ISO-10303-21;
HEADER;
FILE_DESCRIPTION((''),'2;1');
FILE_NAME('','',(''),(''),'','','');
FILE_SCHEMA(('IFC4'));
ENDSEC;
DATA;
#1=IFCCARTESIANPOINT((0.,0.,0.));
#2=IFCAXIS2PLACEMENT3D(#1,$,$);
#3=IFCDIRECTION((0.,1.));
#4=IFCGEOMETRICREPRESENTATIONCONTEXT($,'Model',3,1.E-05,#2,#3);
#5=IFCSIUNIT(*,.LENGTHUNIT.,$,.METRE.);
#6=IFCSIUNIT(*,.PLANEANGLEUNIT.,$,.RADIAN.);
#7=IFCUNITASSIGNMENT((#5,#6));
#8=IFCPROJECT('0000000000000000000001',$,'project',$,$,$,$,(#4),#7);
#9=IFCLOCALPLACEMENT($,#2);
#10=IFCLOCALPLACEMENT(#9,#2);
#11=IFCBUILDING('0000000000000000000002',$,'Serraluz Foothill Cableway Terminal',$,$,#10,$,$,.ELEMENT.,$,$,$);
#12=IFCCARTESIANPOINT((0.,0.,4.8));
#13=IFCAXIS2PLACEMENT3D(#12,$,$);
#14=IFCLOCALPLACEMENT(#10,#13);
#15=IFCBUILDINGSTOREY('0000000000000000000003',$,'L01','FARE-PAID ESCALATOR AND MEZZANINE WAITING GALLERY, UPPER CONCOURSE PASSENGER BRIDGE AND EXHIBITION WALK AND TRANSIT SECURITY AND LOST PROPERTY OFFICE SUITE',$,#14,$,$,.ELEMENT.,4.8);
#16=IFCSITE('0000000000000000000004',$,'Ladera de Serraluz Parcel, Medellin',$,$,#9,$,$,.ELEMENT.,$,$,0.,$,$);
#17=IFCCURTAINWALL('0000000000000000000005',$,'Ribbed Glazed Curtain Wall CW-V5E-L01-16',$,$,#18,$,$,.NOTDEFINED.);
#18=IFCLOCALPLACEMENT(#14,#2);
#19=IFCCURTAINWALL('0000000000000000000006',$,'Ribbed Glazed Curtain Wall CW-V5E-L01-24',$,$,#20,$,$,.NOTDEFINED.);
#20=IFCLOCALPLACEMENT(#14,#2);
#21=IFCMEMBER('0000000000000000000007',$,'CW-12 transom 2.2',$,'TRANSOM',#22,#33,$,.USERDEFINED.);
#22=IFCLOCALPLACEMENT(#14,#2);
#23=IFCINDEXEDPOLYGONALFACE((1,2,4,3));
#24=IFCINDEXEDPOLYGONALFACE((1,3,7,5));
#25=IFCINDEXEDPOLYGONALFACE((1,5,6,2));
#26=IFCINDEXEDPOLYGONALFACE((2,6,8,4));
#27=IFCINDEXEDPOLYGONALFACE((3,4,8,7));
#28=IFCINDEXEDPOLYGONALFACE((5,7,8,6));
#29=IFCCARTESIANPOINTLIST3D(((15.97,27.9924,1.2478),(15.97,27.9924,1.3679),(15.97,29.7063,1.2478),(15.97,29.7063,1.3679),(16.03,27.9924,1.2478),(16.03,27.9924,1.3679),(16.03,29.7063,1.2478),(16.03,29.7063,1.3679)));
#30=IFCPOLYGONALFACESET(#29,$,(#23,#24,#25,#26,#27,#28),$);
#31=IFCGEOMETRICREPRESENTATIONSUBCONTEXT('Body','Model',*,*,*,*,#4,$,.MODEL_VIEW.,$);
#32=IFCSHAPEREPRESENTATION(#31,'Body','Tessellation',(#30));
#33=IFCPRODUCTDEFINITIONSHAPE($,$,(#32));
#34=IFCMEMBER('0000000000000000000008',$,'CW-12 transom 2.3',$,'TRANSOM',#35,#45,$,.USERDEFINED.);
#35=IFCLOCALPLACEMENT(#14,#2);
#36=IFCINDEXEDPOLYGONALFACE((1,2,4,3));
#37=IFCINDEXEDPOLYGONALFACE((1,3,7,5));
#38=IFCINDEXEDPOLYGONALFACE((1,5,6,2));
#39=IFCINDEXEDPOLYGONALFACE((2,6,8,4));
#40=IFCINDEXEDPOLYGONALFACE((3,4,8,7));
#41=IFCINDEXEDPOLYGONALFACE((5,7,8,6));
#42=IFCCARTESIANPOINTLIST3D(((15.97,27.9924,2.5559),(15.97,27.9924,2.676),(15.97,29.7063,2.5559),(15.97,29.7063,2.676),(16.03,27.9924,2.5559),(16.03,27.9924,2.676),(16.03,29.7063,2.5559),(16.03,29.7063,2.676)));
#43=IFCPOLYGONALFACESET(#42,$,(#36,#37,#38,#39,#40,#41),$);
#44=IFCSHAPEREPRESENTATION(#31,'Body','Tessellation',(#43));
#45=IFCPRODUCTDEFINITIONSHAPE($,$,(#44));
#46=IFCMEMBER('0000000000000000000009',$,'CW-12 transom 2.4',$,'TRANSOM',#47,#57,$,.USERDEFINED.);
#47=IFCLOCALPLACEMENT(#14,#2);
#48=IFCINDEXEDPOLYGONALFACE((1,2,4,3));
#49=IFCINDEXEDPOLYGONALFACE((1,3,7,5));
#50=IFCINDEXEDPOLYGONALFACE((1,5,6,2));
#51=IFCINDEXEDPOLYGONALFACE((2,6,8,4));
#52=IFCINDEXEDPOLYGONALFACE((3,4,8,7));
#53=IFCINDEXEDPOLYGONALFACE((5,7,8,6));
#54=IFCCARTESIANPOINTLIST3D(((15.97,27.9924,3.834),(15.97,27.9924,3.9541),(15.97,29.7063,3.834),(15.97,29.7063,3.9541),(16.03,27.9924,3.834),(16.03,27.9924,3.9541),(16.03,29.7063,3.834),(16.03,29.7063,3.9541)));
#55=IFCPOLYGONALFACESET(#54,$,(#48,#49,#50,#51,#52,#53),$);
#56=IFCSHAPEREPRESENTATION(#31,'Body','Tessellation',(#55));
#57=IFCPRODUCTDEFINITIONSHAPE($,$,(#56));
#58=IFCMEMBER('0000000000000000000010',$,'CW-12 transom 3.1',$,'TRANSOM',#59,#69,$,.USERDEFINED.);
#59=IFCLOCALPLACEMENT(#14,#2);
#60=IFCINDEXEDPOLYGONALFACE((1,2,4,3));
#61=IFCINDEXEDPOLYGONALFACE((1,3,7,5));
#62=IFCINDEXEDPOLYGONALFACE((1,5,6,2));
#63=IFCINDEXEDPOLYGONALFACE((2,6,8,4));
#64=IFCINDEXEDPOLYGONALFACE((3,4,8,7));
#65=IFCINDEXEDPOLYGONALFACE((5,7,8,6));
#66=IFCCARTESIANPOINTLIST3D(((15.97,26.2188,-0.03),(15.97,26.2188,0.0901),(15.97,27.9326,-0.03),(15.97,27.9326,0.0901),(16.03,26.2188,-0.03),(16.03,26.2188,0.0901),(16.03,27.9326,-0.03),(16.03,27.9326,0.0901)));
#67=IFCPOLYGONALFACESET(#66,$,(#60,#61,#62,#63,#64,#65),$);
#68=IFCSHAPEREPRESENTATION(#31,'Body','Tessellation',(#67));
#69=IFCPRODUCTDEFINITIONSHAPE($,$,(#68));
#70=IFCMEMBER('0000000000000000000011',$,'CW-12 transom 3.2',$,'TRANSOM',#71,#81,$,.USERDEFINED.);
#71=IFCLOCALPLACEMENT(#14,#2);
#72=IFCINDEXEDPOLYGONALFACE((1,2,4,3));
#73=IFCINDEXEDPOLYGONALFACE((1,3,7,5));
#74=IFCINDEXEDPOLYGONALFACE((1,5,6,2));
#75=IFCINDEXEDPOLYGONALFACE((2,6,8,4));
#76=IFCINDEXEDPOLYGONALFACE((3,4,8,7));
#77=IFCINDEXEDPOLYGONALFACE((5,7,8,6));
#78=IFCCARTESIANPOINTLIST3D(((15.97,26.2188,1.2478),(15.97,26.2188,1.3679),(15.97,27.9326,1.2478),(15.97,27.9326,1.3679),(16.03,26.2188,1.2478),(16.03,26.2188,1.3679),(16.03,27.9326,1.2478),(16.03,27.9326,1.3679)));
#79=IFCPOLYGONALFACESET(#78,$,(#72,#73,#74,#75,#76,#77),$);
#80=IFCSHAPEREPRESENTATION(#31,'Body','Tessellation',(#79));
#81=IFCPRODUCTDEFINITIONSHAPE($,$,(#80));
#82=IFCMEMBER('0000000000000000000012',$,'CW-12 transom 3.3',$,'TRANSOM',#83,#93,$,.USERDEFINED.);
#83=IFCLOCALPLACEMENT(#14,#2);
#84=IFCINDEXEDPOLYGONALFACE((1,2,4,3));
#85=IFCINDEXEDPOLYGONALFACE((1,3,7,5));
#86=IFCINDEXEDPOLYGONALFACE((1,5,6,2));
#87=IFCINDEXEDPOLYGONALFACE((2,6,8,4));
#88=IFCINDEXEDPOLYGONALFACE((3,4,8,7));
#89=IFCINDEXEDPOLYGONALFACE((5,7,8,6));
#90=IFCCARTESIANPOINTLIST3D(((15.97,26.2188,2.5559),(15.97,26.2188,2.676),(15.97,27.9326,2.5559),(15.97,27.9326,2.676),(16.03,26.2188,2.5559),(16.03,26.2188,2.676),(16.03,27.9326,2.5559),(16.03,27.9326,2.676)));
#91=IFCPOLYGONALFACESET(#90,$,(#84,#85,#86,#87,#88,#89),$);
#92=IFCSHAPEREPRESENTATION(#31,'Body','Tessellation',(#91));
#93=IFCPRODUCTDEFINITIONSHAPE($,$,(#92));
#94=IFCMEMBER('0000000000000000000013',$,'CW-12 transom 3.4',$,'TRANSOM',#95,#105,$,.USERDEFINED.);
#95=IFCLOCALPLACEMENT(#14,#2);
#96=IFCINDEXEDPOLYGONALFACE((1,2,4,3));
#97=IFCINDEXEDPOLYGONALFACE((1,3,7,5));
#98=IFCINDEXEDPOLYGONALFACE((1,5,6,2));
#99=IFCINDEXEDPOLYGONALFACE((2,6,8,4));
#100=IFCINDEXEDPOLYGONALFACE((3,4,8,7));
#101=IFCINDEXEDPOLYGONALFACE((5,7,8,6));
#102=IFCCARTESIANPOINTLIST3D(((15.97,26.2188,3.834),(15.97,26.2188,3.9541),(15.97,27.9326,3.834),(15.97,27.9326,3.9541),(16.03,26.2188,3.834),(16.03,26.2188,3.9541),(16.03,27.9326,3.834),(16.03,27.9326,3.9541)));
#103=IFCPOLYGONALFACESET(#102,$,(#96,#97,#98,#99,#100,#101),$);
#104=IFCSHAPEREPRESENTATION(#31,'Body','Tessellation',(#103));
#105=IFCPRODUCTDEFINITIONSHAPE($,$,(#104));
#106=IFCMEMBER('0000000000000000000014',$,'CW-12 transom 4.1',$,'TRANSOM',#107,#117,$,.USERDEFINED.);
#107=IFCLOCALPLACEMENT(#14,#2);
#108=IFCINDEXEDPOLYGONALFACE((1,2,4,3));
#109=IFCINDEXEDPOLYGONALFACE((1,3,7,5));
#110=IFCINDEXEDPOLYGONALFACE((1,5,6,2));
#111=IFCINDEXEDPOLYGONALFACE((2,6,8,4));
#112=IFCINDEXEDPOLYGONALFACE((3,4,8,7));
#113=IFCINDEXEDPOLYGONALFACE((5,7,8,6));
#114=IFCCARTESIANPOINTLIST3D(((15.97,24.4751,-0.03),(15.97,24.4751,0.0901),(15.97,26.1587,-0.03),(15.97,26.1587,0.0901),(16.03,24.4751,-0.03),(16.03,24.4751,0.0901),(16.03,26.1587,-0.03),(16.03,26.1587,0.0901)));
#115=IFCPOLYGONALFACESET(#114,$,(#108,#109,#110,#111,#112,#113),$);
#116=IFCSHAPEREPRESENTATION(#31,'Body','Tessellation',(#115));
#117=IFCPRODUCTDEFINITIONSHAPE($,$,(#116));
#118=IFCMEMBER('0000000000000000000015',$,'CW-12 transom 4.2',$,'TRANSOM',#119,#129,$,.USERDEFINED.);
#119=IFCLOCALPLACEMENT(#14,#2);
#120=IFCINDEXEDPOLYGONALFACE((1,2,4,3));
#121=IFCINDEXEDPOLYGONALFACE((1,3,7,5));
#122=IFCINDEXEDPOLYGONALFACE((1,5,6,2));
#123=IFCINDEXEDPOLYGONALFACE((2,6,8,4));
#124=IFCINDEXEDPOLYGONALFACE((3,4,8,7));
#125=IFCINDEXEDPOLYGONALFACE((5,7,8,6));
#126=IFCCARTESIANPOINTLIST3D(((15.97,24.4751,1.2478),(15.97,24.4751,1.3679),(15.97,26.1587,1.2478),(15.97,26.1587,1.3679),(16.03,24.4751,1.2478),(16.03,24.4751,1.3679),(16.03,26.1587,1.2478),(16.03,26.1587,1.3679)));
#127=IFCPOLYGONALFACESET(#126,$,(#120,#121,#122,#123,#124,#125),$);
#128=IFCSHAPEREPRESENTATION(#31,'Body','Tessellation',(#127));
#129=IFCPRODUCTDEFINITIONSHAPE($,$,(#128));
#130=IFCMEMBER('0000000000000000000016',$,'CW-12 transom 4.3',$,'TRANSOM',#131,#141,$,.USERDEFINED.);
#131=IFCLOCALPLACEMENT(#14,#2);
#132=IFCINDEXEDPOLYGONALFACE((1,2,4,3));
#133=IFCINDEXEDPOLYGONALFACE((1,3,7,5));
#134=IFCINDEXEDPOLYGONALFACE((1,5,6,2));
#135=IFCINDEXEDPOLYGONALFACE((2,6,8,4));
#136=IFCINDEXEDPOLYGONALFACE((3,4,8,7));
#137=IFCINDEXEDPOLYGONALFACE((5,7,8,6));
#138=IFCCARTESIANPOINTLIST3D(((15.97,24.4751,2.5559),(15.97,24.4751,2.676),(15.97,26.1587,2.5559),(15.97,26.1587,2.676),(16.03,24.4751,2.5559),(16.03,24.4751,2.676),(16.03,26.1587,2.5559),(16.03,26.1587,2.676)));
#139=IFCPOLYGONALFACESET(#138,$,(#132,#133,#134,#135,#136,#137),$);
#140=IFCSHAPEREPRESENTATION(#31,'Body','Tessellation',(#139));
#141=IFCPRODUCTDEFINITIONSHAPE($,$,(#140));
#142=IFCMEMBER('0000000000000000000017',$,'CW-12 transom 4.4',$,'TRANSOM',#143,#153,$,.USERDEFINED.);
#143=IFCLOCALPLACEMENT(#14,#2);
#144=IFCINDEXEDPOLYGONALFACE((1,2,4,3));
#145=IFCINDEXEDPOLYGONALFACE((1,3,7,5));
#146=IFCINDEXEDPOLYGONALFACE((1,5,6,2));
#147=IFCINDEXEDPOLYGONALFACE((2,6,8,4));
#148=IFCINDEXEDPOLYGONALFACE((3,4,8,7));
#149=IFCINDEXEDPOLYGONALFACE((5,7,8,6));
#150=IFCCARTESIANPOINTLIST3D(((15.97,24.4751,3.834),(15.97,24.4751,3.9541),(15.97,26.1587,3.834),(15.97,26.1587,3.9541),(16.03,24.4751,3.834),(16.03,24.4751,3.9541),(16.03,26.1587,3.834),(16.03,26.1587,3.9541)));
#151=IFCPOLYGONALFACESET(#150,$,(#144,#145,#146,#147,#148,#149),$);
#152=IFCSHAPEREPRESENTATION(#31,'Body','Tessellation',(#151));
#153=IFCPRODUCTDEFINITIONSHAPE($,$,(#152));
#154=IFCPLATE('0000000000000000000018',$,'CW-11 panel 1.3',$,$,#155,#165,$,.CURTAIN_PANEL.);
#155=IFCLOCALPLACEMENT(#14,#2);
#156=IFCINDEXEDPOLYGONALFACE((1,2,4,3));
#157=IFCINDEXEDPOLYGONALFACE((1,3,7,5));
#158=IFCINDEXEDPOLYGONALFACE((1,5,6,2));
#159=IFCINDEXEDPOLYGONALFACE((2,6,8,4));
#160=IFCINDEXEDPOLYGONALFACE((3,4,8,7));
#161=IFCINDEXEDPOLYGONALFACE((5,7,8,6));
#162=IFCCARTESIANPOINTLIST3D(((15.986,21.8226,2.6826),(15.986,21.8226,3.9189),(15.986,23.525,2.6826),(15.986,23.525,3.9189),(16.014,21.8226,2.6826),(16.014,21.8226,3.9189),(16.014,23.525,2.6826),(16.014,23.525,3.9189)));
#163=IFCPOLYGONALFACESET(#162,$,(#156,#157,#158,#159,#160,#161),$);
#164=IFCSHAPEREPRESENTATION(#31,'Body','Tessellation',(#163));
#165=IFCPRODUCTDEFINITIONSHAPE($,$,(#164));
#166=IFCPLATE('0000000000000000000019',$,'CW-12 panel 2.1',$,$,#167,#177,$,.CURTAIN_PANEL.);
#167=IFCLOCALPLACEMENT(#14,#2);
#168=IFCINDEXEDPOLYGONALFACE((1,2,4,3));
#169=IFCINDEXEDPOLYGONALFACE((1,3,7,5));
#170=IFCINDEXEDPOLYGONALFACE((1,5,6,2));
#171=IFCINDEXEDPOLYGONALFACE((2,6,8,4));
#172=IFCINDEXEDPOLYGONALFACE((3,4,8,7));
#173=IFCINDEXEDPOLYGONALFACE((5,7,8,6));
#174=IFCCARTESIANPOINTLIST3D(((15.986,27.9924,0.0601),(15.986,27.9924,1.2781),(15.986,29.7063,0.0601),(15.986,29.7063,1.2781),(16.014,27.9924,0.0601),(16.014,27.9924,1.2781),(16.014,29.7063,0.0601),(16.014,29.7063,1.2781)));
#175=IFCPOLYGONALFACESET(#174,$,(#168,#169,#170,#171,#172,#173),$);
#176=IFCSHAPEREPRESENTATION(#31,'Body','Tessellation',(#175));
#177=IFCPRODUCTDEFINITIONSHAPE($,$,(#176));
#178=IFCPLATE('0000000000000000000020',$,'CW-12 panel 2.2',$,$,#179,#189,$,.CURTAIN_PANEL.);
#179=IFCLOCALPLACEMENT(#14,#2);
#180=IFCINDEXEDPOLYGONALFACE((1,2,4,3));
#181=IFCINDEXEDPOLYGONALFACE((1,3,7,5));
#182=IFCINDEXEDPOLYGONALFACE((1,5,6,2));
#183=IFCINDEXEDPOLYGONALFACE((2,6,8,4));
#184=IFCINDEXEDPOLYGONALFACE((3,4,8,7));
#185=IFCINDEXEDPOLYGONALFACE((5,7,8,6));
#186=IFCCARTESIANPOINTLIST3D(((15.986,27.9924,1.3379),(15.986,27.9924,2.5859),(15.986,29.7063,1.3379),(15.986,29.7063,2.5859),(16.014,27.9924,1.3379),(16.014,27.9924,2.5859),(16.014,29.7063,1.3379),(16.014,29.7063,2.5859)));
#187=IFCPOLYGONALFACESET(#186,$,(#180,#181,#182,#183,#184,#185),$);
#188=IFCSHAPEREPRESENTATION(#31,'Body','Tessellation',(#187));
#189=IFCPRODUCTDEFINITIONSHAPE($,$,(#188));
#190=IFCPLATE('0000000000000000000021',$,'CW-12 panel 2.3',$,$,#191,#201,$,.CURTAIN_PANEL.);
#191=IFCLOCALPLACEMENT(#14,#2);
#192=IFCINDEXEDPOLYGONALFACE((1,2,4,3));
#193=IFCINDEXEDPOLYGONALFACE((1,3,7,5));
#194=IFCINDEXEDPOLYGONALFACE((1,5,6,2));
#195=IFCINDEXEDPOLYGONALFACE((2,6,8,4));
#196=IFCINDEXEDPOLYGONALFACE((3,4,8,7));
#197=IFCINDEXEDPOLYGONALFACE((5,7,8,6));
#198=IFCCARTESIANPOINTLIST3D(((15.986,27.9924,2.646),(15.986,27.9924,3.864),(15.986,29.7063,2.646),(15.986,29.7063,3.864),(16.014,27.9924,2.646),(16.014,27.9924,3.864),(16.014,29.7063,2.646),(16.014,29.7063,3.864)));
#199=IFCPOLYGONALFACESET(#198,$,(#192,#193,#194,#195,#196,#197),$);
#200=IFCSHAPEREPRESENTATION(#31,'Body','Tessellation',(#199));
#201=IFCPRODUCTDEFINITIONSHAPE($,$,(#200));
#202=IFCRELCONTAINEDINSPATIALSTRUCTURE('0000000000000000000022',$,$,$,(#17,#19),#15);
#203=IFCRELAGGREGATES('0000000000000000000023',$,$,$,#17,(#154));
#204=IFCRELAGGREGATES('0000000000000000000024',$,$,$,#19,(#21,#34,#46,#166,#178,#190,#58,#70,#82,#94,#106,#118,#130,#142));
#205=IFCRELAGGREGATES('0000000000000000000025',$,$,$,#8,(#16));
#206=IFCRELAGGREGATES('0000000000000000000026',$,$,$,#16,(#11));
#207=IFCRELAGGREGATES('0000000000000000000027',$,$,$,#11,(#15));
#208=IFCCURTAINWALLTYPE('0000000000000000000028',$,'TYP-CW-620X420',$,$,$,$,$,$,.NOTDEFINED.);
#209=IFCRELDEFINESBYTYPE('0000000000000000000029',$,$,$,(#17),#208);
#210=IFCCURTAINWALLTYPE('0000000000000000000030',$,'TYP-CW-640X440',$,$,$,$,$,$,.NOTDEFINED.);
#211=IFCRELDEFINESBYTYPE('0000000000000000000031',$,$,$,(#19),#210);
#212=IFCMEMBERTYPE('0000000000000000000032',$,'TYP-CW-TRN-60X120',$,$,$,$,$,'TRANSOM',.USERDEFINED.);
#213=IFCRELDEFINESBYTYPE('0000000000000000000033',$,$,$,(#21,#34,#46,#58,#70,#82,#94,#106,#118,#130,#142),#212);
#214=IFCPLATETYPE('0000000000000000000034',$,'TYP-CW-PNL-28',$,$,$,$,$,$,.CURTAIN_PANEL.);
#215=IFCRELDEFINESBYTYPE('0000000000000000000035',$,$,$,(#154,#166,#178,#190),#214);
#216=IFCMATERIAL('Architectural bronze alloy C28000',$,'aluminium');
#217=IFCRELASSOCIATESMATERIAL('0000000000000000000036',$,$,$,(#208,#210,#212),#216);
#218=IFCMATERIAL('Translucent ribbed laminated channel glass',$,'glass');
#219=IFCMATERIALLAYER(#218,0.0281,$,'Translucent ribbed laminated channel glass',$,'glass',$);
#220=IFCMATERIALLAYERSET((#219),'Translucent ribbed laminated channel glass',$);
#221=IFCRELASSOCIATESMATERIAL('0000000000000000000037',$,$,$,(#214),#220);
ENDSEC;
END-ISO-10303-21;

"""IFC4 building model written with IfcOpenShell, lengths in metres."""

from ifc_helpers import new_model, si_unit, direction, frame, origin, origin_2d, place, context, subcontext, project, spatial, rectangle, extrude, material, layer, layer_set, material_profile, profile_set, type_object, element, aggregate, save


model = new_model("IFC4")

# Units and contexts
model_context = context("Model", 3, precision=1e-05, world=origin(), true_north=direction((0.0, 1.0)))
body_context = subcontext(model_context, "Body", "Model", "MODEL_VIEW")
ifc_project = project(units=[si_unit("LENGTHUNIT", "METRE"), si_unit("PLANEANGLEUNIT", "RADIAN")], contexts=[model_context])

# Site, building, storey
site_placement = place(None, origin())
site = spatial("IfcSite", under=ifc_project, at=site_placement, Name="Ladera de Serraluz Parcel, Medellin", CompositionType="ELEMENT", RefElevation=0.0)
building_placement = place(site_placement, origin())
building = spatial("IfcBuilding", under=site, at=building_placement, Name="Serraluz Foothill Cableway Terminal", CompositionType="ELEMENT")
storey_placement = place(building_placement, frame((0.0, 0.0, 4.8)))
storey = spatial("IfcBuildingStorey", under=building, at=storey_placement, Name="L01", Description="FARE-PAID ESCALATOR AND MEZZANINE WAITING GALLERY, UPPER CONCOURSE PASSENGER BRIDGE AND EXHIBITION WALK AND TRANSIT SECURITY AND LOST PROPERTY OFFICE SUITE", CompositionType="ELEMENT", Elevation=4.8)

# Curtain wall
ifc_material_1 = material(Name="Architectural bronze alloy C28000", Category="aluminium")
curtain_wall_type_1 = type_object("IfcCurtainWallType", Name="TYP-CW-620X420", PredefinedType="NOTDEFINED", material=ifc_material_1)
curtain_wall_1_placement = place(storey_placement, origin())
curtain_wall_1 = element("IfcCurtainWall", 1, at=curtain_wall_1_placement, inside=storey, type_object=curtain_wall_type_1, Name="Ribbed Glazed Curtain Wall CW-V5E-L01-16", PredefinedType="NOTDEFINED")

# Curtain wall
curtain_wall_type_2 = type_object("IfcCurtainWallType", Name="TYP-CW-640X440", PredefinedType="NOTDEFINED", material=ifc_material_1)
curtain_wall_2_placement = place(storey_placement, origin())
curtain_wall_2 = element("IfcCurtainWall", 2, at=curtain_wall_2_placement, inside=storey, type_object=curtain_wall_type_2, Name="Ribbed Glazed Curtain Wall CW-V5E-L01-24", PredefinedType="NOTDEFINED")

# Members
ifc_material_profile_1 = material_profile(ifc_material_1, rectangle(XDim=0.0601, YDim=0.1201, at=origin_2d()), Name="ALU TRANSOM 60x120")
ifc_profile_set_1 = profile_set([ifc_material_profile_1], Name="Architectural bronze alloy C28000")
member_type_1 = type_object("IfcMemberType", Name="TYP-CW-TRN-60X120", ElementType="TRANSOM", PredefinedType="USERDEFINED", material=ifc_profile_set_1)
member_1_placement = place(storey_placement, frame((16.0, 29.7063, 1.3079), z_axis=(0.0, -1.0, 0.0), x_axis=(1.0, 0.0, 0.0)))
member_1 = element("IfcMember", 3, at=member_1_placement, type_object=member_type_1, Name="CW-12 transom 2.2", ObjectType="TRANSOM", PredefinedType="USERDEFINED", context=body_context, shape_type="SweptSolid", body=[
    extrude(rectangle(XDim=0.0601, YDim=0.1201, at=origin_2d()), origin(), (0.0, 0.0, 1.0), 1.7139),
])
member_2_placement = place(storey_placement, frame((16.0, 29.7063, 2.616), z_axis=(0.0, -1.0, 0.0), x_axis=(1.0, 0.0, 0.0)))
member_2 = element("IfcMember", 4, at=member_2_placement, type_object=member_type_1, Name="CW-12 transom 2.3", ObjectType="TRANSOM", PredefinedType="USERDEFINED", context=body_context, shape_type="SweptSolid", body=[
    extrude(rectangle(XDim=0.0601, YDim=0.1201, at=origin_2d()), origin(), (0.0, 0.0, 1.0), 1.7139),
])
member_3_placement = place(storey_placement, frame((16.0, 29.7063, 3.894), z_axis=(0.0, -1.0, 0.0), x_axis=(1.0, 0.0, 0.0)))
member_3 = element("IfcMember", 5, at=member_3_placement, type_object=member_type_1, Name="CW-12 transom 2.4", ObjectType="TRANSOM", PredefinedType="USERDEFINED", context=body_context, shape_type="SweptSolid", body=[
    extrude(rectangle(XDim=0.0601, YDim=0.1201, at=origin_2d()), origin(), (0.0, 0.0, 1.0), 1.7139),
])
member_4_placement = place(storey_placement, frame((16.0, 27.9326, 0.03), z_axis=(0.0, -1.0, 0.0), x_axis=(1.0, 0.0, 0.0)))
member_4 = element("IfcMember", 6, at=member_4_placement, type_object=member_type_1, Name="CW-12 transom 3.1", ObjectType="TRANSOM", PredefinedType="USERDEFINED", context=body_context, shape_type="SweptSolid", body=[
    extrude(rectangle(XDim=0.0601, YDim=0.1201, at=origin_2d()), origin(), (0.0, 0.0, 1.0), 1.7139),
])
member_5_placement = place(storey_placement, frame((16.0, 27.9326, 1.3079), z_axis=(0.0, -1.0, 0.0), x_axis=(1.0, 0.0, 0.0)))
member_5 = element("IfcMember", 7, at=member_5_placement, type_object=member_type_1, Name="CW-12 transom 3.2", ObjectType="TRANSOM", PredefinedType="USERDEFINED", context=body_context, shape_type="SweptSolid", body=[
    extrude(rectangle(XDim=0.0601, YDim=0.1201, at=origin_2d()), origin(), (0.0, 0.0, 1.0), 1.7139),
])
member_6_placement = place(storey_placement, frame((16.0, 27.9326, 2.616), z_axis=(0.0, -1.0, 0.0), x_axis=(1.0, 0.0, 0.0)))
member_6 = element("IfcMember", 8, at=member_6_placement, type_object=member_type_1, Name="CW-12 transom 3.3", ObjectType="TRANSOM", PredefinedType="USERDEFINED", context=body_context, shape_type="SweptSolid", body=[
    extrude(rectangle(XDim=0.0601, YDim=0.1201, at=origin_2d()), origin(), (0.0, 0.0, 1.0), 1.7139),
])
member_7_placement = place(storey_placement, frame((16.0, 27.9326, 3.894), z_axis=(0.0, -1.0, 0.0), x_axis=(1.0, 0.0, 0.0)))
member_7 = element("IfcMember", 9, at=member_7_placement, type_object=member_type_1, Name="CW-12 transom 3.4", ObjectType="TRANSOM", PredefinedType="USERDEFINED", context=body_context, shape_type="SweptSolid", body=[
    extrude(rectangle(XDim=0.0601, YDim=0.1201, at=origin_2d()), origin(), (0.0, 0.0, 1.0), 1.7139),
])
member_8_placement = place(storey_placement, frame((16.0, 26.1587, 0.03), z_axis=(0.0, -1.0, 0.0), x_axis=(1.0, 0.0, 0.0)))
member_8 = element("IfcMember", 10, at=member_8_placement, type_object=member_type_1, Name="CW-12 transom 4.1", ObjectType="TRANSOM", PredefinedType="USERDEFINED", context=body_context, shape_type="SweptSolid", body=[
    extrude(rectangle(XDim=0.0601, YDim=0.1201, at=origin_2d()), origin(), (0.0, 0.0, 1.0), 1.6836),
])
member_9_placement = place(storey_placement, frame((16.0, 26.1587, 1.3079), z_axis=(0.0, -1.0, 0.0), x_axis=(1.0, 0.0, 0.0)))
member_9 = element("IfcMember", 11, at=member_9_placement, type_object=member_type_1, Name="CW-12 transom 4.2", ObjectType="TRANSOM", PredefinedType="USERDEFINED", context=body_context, shape_type="SweptSolid", body=[
    extrude(rectangle(XDim=0.0601, YDim=0.1201, at=origin_2d()), origin(), (0.0, 0.0, 1.0), 1.6836),
])
member_10_placement = place(storey_placement, frame((16.0, 26.1587, 2.616), z_axis=(0.0, -1.0, 0.0), x_axis=(1.0, 0.0, 0.0)))
member_10 = element("IfcMember", 12, at=member_10_placement, type_object=member_type_1, Name="CW-12 transom 4.3", ObjectType="TRANSOM", PredefinedType="USERDEFINED", context=body_context, shape_type="SweptSolid", body=[
    extrude(rectangle(XDim=0.0601, YDim=0.1201, at=origin_2d()), origin(), (0.0, 0.0, 1.0), 1.6836),
])
member_11_placement = place(storey_placement, frame((16.0, 26.1587, 3.894), z_axis=(0.0, -1.0, 0.0), x_axis=(1.0, 0.0, 0.0)))
member_11 = element("IfcMember", 13, at=member_11_placement, type_object=member_type_1, Name="CW-12 transom 4.4", ObjectType="TRANSOM", PredefinedType="USERDEFINED", context=body_context, shape_type="SweptSolid", body=[
    extrude(rectangle(XDim=0.0601, YDim=0.1201, at=origin_2d()), origin(), (0.0, 0.0, 1.0), 1.6836),
])

# Plates
ifc_material_2 = material(Name="Translucent ribbed laminated channel glass", Category="glass")
ifc_layer = layer(ifc_material_2, 0.0281, Name="Translucent ribbed laminated channel glass", Category="glass")
ifc_layer_set = layer_set([ifc_layer], Name="Translucent ribbed laminated channel glass")
plate_type = type_object("IfcPlateType", Name="TYP-CW-PNL-28", PredefinedType="CURTAIN_PANEL", material=ifc_layer_set)
plate_1_placement = place(storey_placement, frame((16.0, 22.6738, 2.6826), z_axis=(0.0, 0.0, 1.0), x_axis=(0.0, -1.0, 0.0)))
plate_1 = element("IfcPlate", 14, at=plate_1_placement, type_object=plate_type, Name="CW-11 panel 1.3", PredefinedType="CURTAIN_PANEL", context=body_context, shape_type="SweptSolid", body=[
    extrude(rectangle(XDim=1.7024, YDim=0.0281, at=origin_2d()), origin(), (0.0, 0.0, 1.0), 1.2363),
])
aggregate(curtain_wall_1, [plate_1])
plate_2_placement = place(storey_placement, frame((16.0, 28.8494, 0.0601), z_axis=(0.0, 0.0, 1.0), x_axis=(0.0, -1.0, 0.0)))
plate_2 = element("IfcPlate", 15, at=plate_2_placement, type_object=plate_type, Name="CW-12 panel 2.1", PredefinedType="CURTAIN_PANEL", context=body_context, shape_type="SweptSolid", body=[
    extrude(rectangle(XDim=1.7139, YDim=0.0281, at=origin_2d()), origin(), (0.0, 0.0, 1.0), 1.218),
])
plate_3_placement = place(storey_placement, frame((16.0, 28.8494, 1.3379), z_axis=(0.0, 0.0, 1.0), x_axis=(0.0, -1.0, 0.0)))
plate_3 = element("IfcPlate", 16, at=plate_3_placement, type_object=plate_type, Name="CW-12 panel 2.2", PredefinedType="CURTAIN_PANEL", context=body_context, shape_type="SweptSolid", body=[
    extrude(rectangle(XDim=1.7139, YDim=0.0281, at=origin_2d()), origin(), (0.0, 0.0, 1.0), 1.248),
])
plate_4_placement = place(storey_placement, frame((16.0, 28.8494, 2.646), z_axis=(0.0, 0.0, 1.0), x_axis=(0.0, -1.0, 0.0)))
plate_4 = element("IfcPlate", 17, at=plate_4_placement, type_object=plate_type, Name="CW-12 panel 2.3", PredefinedType="CURTAIN_PANEL", context=body_context, shape_type="SweptSolid", body=[
    extrude(rectangle(XDim=1.7139, YDim=0.0281, at=origin_2d()), origin(), (0.0, 0.0, 1.0), 1.218),
])
aggregate(curtain_wall_2, [member_1, member_2, member_3, plate_2, plate_3, plate_4, member_4, member_5, member_6, member_7, member_8, member_9, member_10, member_11])

save(model, "model.ifc")
